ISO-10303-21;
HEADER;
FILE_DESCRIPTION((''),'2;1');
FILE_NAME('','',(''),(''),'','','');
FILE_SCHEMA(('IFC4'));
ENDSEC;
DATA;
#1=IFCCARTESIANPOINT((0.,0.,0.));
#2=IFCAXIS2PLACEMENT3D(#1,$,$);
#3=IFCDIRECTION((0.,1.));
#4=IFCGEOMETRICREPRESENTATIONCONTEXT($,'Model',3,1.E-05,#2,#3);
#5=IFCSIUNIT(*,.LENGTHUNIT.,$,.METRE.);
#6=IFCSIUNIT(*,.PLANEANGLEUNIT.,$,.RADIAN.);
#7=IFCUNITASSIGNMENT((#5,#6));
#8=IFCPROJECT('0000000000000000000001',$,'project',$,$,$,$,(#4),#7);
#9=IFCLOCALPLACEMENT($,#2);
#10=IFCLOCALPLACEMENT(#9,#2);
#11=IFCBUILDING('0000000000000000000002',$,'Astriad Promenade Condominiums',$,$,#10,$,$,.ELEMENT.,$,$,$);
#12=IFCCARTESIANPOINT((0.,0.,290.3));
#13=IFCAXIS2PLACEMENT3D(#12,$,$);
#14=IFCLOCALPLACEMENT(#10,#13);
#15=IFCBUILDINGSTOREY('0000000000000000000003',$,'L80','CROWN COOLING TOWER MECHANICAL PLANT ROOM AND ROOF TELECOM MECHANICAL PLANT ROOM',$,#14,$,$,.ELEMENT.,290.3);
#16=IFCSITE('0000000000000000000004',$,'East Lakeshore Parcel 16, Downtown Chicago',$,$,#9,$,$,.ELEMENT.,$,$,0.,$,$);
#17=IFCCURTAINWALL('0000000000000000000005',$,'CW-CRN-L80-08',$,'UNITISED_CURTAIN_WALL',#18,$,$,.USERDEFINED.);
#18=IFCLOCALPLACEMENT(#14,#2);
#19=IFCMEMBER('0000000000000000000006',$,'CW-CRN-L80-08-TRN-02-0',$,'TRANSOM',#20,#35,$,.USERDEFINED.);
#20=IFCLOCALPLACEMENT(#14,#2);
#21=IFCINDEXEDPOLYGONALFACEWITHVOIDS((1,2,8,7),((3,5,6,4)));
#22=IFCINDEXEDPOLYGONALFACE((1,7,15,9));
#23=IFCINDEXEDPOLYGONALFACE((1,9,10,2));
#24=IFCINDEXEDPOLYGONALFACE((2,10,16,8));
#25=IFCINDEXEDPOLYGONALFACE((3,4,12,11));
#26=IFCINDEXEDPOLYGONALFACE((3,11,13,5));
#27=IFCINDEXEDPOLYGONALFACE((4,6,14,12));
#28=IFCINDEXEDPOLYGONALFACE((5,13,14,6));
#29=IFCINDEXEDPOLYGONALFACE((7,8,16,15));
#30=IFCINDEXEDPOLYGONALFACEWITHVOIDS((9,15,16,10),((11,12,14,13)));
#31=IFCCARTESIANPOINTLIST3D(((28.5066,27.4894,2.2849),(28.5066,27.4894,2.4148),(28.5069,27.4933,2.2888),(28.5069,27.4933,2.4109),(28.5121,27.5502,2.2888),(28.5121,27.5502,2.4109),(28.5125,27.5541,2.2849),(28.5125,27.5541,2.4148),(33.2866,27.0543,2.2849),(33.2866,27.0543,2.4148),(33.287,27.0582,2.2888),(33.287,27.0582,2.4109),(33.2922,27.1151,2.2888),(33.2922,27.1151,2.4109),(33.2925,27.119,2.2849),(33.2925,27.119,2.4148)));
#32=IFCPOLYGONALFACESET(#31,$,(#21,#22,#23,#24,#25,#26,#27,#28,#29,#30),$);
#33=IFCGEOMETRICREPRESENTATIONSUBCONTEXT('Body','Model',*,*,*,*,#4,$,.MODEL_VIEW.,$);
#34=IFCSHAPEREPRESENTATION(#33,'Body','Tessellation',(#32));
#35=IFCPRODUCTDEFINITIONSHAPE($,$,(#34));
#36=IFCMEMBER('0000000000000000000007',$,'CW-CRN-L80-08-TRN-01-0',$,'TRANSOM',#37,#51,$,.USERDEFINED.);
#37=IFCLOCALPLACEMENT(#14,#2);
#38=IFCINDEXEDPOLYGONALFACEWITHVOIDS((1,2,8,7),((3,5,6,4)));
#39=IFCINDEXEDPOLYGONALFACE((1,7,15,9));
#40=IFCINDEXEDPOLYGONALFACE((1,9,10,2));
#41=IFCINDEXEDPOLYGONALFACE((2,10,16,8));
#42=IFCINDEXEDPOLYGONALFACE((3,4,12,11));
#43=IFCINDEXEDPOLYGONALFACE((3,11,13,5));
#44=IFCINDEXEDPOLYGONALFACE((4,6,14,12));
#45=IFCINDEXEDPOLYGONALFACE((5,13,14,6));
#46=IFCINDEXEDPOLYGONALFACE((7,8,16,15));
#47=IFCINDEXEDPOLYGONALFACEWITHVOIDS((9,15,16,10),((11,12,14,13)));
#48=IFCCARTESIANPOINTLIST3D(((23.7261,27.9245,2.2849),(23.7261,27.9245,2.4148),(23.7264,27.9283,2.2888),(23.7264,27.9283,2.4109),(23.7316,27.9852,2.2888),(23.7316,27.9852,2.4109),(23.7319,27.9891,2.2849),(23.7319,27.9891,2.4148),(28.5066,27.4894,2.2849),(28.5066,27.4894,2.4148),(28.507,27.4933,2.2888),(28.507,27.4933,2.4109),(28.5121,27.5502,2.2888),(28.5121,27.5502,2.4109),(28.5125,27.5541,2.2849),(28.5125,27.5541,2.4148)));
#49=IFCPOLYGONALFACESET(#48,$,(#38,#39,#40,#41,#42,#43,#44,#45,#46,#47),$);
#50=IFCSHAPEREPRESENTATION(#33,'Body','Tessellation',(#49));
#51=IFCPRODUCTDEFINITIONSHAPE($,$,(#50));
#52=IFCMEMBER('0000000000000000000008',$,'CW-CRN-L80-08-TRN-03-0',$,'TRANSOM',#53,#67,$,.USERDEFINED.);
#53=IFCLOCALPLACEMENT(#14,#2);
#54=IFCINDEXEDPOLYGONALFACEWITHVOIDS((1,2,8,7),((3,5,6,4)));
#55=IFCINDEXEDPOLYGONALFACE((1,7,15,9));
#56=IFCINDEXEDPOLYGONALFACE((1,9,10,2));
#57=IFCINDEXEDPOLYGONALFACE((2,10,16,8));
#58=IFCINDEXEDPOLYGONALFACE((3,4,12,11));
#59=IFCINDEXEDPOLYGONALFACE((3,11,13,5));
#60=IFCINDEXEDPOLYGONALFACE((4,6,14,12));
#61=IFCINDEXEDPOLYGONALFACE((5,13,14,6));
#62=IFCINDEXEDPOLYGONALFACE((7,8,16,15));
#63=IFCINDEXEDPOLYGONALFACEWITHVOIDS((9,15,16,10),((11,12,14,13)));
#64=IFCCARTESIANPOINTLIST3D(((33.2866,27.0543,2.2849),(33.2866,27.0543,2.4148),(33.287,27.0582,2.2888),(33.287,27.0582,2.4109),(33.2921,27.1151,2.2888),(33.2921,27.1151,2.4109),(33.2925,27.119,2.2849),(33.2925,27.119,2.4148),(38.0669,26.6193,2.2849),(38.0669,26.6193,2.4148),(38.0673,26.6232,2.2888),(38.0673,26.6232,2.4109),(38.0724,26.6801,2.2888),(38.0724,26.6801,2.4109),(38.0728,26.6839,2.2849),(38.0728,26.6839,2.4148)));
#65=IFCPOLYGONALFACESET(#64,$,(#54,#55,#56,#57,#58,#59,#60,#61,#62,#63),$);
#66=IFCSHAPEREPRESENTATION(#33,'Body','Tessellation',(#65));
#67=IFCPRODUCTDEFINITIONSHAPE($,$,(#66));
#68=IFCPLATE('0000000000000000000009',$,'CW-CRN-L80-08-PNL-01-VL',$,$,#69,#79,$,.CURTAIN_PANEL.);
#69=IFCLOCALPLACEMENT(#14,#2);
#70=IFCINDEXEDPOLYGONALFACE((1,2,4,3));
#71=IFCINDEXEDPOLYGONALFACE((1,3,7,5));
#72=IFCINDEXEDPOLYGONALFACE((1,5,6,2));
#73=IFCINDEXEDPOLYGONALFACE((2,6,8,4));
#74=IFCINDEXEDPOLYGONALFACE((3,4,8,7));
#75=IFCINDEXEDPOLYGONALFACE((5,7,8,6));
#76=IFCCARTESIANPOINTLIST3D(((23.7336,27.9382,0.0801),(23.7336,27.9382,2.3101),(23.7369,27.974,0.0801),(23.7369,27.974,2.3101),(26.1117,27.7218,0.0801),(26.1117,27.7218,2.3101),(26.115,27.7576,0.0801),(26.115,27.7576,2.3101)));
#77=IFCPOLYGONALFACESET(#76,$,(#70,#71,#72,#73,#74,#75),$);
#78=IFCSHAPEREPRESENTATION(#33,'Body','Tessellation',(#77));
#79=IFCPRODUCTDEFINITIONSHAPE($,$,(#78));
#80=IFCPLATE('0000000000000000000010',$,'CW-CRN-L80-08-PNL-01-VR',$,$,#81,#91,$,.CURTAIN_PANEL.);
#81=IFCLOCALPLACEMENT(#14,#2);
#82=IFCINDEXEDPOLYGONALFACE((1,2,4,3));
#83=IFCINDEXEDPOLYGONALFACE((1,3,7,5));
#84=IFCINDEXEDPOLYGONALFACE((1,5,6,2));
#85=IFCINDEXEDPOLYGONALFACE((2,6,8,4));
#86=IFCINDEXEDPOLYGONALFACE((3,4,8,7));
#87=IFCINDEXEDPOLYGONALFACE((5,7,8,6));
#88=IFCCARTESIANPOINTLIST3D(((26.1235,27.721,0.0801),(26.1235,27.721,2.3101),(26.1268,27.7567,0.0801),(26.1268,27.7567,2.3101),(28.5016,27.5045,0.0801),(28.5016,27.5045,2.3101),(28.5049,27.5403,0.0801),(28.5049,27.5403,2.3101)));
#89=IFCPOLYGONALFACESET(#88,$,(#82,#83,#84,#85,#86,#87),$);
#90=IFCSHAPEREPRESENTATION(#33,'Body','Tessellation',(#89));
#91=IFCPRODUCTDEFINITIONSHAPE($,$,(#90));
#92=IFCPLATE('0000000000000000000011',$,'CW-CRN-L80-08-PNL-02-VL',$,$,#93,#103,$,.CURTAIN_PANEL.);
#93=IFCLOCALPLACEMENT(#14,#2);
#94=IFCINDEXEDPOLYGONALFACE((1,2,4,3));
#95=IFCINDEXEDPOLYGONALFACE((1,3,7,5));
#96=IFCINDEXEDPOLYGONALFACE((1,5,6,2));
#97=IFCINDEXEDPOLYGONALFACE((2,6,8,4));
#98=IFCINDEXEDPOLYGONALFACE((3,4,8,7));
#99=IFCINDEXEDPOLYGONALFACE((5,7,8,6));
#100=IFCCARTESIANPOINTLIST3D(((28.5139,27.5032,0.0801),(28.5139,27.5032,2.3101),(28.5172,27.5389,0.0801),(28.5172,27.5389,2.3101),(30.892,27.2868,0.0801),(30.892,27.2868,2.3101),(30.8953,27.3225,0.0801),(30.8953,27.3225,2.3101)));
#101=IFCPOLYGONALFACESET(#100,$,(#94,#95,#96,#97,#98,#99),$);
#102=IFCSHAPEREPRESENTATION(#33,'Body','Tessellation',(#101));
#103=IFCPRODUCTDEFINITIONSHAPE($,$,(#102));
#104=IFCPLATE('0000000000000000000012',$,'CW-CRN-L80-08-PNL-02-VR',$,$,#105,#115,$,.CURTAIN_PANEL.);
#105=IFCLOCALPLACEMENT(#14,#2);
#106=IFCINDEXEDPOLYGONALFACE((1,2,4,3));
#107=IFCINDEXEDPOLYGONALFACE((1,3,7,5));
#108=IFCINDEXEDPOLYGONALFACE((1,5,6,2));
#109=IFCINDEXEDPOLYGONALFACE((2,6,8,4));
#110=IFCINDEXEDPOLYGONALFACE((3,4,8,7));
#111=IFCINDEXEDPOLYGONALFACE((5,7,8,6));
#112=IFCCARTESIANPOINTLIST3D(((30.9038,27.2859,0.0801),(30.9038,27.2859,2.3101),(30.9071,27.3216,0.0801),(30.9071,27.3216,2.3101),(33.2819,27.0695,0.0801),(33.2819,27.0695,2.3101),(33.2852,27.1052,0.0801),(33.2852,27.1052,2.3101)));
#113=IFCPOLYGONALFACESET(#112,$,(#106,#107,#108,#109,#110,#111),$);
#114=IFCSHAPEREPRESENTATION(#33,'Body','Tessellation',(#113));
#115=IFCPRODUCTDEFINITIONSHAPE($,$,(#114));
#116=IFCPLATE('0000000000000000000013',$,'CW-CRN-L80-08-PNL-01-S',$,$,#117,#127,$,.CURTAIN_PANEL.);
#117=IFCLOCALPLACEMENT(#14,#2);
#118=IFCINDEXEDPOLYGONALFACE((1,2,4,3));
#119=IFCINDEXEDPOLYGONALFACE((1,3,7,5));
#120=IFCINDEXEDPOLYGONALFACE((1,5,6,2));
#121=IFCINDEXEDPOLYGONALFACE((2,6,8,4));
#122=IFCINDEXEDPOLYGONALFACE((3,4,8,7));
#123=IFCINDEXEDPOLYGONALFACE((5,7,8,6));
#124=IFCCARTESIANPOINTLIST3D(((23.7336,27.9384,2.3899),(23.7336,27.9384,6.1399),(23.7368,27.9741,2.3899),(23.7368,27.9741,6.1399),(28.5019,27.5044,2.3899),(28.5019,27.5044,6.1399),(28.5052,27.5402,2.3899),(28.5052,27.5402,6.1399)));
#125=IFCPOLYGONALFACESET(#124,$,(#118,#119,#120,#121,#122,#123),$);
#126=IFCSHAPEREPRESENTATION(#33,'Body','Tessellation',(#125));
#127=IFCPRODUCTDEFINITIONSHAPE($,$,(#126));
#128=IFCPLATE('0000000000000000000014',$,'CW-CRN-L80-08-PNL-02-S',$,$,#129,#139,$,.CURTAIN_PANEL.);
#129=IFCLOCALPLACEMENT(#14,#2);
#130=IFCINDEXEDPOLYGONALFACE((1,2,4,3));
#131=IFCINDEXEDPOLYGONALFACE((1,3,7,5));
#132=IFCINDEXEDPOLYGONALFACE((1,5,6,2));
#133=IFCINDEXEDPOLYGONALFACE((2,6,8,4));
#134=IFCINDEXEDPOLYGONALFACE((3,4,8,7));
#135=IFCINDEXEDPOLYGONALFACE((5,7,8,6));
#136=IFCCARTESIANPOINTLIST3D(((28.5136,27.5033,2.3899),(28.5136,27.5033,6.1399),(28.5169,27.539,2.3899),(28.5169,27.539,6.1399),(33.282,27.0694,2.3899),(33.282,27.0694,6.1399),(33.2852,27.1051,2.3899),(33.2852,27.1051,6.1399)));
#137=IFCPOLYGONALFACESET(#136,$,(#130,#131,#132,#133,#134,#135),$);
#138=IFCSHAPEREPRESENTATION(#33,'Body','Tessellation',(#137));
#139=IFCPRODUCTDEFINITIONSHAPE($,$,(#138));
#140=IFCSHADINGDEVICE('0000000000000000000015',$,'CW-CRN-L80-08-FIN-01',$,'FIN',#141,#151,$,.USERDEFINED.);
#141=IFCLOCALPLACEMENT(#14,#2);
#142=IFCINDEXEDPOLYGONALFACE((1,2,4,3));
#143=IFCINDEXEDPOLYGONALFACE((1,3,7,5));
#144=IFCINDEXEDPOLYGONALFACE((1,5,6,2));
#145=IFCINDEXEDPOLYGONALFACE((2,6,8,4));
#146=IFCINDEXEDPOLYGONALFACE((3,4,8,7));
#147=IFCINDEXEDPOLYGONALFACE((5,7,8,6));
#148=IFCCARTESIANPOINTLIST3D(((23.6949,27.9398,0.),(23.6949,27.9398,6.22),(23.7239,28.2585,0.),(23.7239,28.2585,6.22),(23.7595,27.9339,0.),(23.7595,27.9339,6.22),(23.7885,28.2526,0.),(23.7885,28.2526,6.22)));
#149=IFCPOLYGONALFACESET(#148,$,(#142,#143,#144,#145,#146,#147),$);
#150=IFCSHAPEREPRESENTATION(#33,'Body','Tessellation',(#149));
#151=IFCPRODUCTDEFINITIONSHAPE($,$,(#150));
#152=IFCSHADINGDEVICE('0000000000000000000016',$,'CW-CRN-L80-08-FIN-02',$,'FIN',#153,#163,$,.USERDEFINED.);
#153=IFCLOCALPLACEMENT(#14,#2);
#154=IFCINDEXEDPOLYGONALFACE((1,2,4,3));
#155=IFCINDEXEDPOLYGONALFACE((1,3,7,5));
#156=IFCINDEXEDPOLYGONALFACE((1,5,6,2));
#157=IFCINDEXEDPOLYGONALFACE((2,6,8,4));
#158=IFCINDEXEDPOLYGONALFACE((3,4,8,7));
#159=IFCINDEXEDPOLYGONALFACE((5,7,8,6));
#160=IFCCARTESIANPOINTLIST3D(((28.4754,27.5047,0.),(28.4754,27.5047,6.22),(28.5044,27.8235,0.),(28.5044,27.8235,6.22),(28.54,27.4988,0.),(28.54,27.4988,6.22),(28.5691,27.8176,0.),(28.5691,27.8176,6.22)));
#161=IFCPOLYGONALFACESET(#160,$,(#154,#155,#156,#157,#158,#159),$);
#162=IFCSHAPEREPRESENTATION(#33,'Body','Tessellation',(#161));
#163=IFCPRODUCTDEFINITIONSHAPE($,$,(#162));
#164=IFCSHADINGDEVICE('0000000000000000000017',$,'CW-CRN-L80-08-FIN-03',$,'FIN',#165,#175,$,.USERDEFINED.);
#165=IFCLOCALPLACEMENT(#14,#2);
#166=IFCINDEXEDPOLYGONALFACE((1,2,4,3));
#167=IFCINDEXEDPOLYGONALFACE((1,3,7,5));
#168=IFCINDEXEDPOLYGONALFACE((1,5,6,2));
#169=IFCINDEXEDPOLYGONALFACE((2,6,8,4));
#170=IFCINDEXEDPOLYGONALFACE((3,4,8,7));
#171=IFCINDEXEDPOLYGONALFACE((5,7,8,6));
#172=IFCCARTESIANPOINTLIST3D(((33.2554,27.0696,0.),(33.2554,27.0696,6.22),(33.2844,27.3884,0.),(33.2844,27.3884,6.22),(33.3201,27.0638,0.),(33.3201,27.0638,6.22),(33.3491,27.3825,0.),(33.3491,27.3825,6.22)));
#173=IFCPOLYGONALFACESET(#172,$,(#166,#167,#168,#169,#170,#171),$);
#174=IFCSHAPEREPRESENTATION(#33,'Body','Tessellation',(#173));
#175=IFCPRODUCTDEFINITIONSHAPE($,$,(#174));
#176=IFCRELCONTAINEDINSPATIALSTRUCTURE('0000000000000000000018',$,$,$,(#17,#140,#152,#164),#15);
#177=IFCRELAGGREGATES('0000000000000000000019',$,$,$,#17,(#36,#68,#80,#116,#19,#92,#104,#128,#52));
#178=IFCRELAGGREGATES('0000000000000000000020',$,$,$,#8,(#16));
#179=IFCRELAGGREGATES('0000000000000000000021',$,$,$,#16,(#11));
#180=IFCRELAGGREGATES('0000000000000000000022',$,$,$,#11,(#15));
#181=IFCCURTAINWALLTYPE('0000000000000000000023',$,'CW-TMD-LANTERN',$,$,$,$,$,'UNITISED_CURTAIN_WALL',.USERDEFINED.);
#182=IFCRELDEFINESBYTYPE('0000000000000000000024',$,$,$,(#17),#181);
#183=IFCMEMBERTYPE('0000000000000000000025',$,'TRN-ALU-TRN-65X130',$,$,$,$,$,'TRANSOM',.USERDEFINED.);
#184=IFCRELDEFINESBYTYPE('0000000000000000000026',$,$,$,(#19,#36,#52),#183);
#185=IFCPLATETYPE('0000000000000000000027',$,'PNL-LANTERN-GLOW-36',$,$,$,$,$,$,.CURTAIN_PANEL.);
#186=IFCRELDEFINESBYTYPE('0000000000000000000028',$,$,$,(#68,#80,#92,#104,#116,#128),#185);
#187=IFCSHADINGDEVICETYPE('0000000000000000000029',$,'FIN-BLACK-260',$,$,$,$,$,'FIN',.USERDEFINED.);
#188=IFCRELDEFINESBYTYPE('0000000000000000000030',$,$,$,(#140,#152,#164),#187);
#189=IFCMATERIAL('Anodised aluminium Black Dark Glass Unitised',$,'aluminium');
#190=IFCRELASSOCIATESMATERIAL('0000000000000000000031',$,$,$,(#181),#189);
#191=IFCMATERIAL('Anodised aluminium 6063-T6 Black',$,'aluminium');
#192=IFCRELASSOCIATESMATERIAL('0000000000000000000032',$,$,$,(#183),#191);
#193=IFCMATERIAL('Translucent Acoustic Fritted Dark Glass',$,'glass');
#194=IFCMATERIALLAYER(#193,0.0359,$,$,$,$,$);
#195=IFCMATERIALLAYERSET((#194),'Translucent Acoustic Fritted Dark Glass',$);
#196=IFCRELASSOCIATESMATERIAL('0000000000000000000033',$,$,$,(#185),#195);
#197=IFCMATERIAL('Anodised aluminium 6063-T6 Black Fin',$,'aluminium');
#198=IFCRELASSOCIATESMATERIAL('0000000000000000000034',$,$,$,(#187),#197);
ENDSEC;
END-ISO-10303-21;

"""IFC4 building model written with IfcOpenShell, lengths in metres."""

from ifc_helpers import new_model, si_unit, direction, frame, origin, origin_2d, place, context, subcontext, project, spatial, rectangle, hollow_rectangle, extrude, source, transform, mapped, material, layer, layer_set, material_profile, profile_set, type_object, type_shapes, element, aggregate, save


model = new_model("IFC4")

# Units and contexts
model_context = context("Model", 3, precision=1e-05, world=origin(), true_north=direction((0.0, 1.0)))
body_context = subcontext(model_context, "Body", "Model", "MODEL_VIEW")
ifc_project = project(units=[si_unit("LENGTHUNIT", "METRE"), si_unit("PLANEANGLEUNIT", "RADIAN")], contexts=[model_context])

# Site, building, storey
site_placement = place(None, origin())
site = spatial("IfcSite", under=ifc_project, at=site_placement, Name="East Lakeshore Parcel 16, Downtown Chicago", CompositionType="ELEMENT", RefElevation=0.0)
building_placement = place(site_placement, origin())
building = spatial("IfcBuilding", under=site, at=building_placement, Name="Astriad Promenade Condominiums", CompositionType="ELEMENT")
storey_placement = place(building_placement, frame((0.0, 0.0, 290.3)))
storey = spatial("IfcBuildingStorey", under=building, at=storey_placement, Name="L80", Description="CROWN COOLING TOWER MECHANICAL PLANT ROOM AND ROOF TELECOM MECHANICAL PLANT ROOM", CompositionType="ELEMENT", Elevation=290.3)

# Curtain wall, members, plates
ifc_material_1 = material(Name="Anodised aluminium Black Dark Glass Unitised", Category="aluminium")
curtain_wall_type = type_object("IfcCurtainWallType", Name="CW-TMD-LANTERN", ElementType="UNITISED_CURTAIN_WALL", PredefinedType="USERDEFINED", material=ifc_material_1)
curtain_wall_placement = place(storey_placement, origin())
curtain_wall = element("IfcCurtainWall", 1, at=curtain_wall_placement, inside=storey, type_object=curtain_wall_type, Name="CW-CRN-L80-08", ObjectType="UNITISED_CURTAIN_WALL", PredefinedType="USERDEFINED")
ifc_material_2 = material(Name="Anodised aluminium 6063-T6 Black", Category="aluminium")
ifc_material_profile_1 = material_profile(ifc_material_2, hollow_rectangle(XDim=0.0649, YDim=0.1299, WallThickness=0.0039, at=origin_2d()), Name="ALU-TRN-65X130")
ifc_profile_set_1 = profile_set([ifc_material_profile_1], Name="Anodised aluminium 6063-T6 Black")
member_type_1 = type_object("IfcMemberType", Name="TRN-ALU-TRN-65X130", ElementType="TRANSOM", PredefinedType="USERDEFINED", material=ifc_profile_set_1)
shared_shape_1 = source(origin(), body_context, "Body", "SweptSolid", [
    extrude(hollow_rectangle(XDim=0.0649, YDim=0.1299, WallThickness=0.0039, at=origin_2d()), origin(), (0.0, 0.0, 1.0), 4.7998),
])
member_1_placement = place(storey_placement, frame((28.5095, 27.5217, 2.3499), z_axis=(0.995884, -0.090641, 0.0), x_axis=(0.090641, 0.995884, 0.0)))
member_1 = element("IfcMember", 2, at=member_1_placement, type_object=member_type_1, Name="CW-CRN-L80-08-TRN-02-0", ObjectType="TRANSOM", PredefinedType="USERDEFINED", context=body_context, shape_type="MappedRepresentation", body=[
    mapped(shared_shape_1, transform((0.0, 0.0, 0.0), scale=1.0)),
])
shared_shape_2 = source(origin(), body_context, "Body", "SweptSolid", [
    extrude(hollow_rectangle(XDim=0.0649, YDim=0.1299, WallThickness=0.0039, at=origin_2d()), origin(), (0.0, 0.0, 1.0), 4.8003),
])
member_2_placement = place(storey_placement, frame((23.729, 27.9568, 2.3499), z_axis=(0.995884, -0.090632, 0.0), x_axis=(0.090632, 0.995884, 0.0)))
member_2 = element("IfcMember", 3, at=member_2_placement, type_object=member_type_1, Name="CW-CRN-L80-08-TRN-01-0", ObjectType="TRANSOM", PredefinedType="USERDEFINED", context=body_context, shape_type="MappedRepresentation", body=[
    mapped(shared_shape_2, transform((0.0, 0.0, 0.0), scale=1.0)),
])
shared_shape_3 = source(origin(), body_context, "Body", "SweptSolid", [
    extrude(hollow_rectangle(XDim=0.0649, YDim=0.1299, WallThickness=0.0039, at=origin_2d()), origin(), (0.0, 0.0, 1.0), 4.8),
])
type_shapes(member_type_1, [shared_shape_1, shared_shape_2, shared_shape_3])
member_3_placement = place(storey_placement, frame((33.2896, 27.0867, 2.3499), z_axis=(0.995884, -0.090637, 0.0), x_axis=(0.090637, 0.995884, 0.0)))
member_3 = element("IfcMember", 4, at=member_3_placement, type_object=member_type_1, Name="CW-CRN-L80-08-TRN-03-0", ObjectType="TRANSOM", PredefinedType="USERDEFINED", context=body_context, shape_type="MappedRepresentation", body=[
    mapped(shared_shape_3, transform((0.0, 0.0, 0.0), scale=1.0)),
])
ifc_material_3 = material(Name="Translucent Acoustic Fritted Dark Glass", Category="glass")
ifc_layer = layer(ifc_material_3, 0.0359)
ifc_layer_set = layer_set([ifc_layer], Name="Translucent Acoustic Fritted Dark Glass")
plate_type = type_object("IfcPlateType", Name="PNL-LANTERN-GLOW-36", PredefinedType="CURTAIN_PANEL", material=ifc_layer_set)
shared_shape_4 = source(origin(), body_context, "Body", "SweptSolid", [
    extrude(rectangle(XDim=2.3879, YDim=0.0359, at=origin_2d()), origin(), (0.0, 0.0, 1.0), 2.23),
])
plate_1_placement = place(storey_placement, frame((24.9243, 27.8479, 0.0801), z_axis=(0.0, 0.0, 1.0), x_axis=(0.995884, -0.090633, 0.0)))
plate_1 = element("IfcPlate", 5, at=plate_1_placement, type_object=plate_type, Name="CW-CRN-L80-08-PNL-01-VL", PredefinedType="CURTAIN_PANEL", context=body_context, shape_type="MappedRepresentation", body=[
    mapped(shared_shape_4, transform((0.0, 0.0, 0.0), scale=1.0)),
])
plate_2_placement = place(storey_placement, frame((27.3142, 27.6306, 0.0801), z_axis=(0.0, 0.0, 1.0), x_axis=(0.995884, -0.090633, 0.0)))
plate_2 = element("IfcPlate", 6, at=plate_2_placement, type_object=plate_type, Name="CW-CRN-L80-08-PNL-01-VR", PredefinedType="CURTAIN_PANEL", context=body_context, shape_type="MappedRepresentation", body=[
    mapped(shared_shape_4, transform((0.0, 0.0, 0.0), scale=1.0)),
])
plate_3_placement = place(storey_placement, frame((29.7046, 27.4128, 0.0801), z_axis=(0.0, 0.0, 1.0), x_axis=(0.995884, -0.090633, 0.0)))
plate_3 = element("IfcPlate", 7, at=plate_3_placement, type_object=plate_type, Name="CW-CRN-L80-08-PNL-02-VL", PredefinedType="CURTAIN_PANEL", context=body_context, shape_type="MappedRepresentation", body=[
    mapped(shared_shape_4, transform((0.0, 0.0, 0.0), scale=1.0)),
])
plate_4_placement = place(storey_placement, frame((32.0945, 27.1956, 0.0801), z_axis=(0.0, 0.0, 1.0), x_axis=(0.995884, -0.090633, 0.0)))
plate_4 = element("IfcPlate", 8, at=plate_4_placement, type_object=plate_type, Name="CW-CRN-L80-08-PNL-02-VR", PredefinedType="CURTAIN_PANEL", context=body_context, shape_type="MappedRepresentation", body=[
    mapped(shared_shape_4, transform((0.0, 0.0, 0.0), scale=1.0)),
])
shared_shape_5 = source(origin(), body_context, "Body", "SweptSolid", [
    extrude(rectangle(XDim=4.7881, YDim=0.0359, at=origin_2d()), origin(), (0.0, 0.0, 1.0), 3.75),
])
type_shapes(plate_type, [shared_shape_4, shared_shape_5])
plate_5_placement = place(storey_placement, frame((26.1194, 27.7393, 2.3899), z_axis=(0.0, 0.0, 1.0), x_axis=(0.995884, -0.090633, 0.0)))
plate_5 = element("IfcPlate", 9, at=plate_5_placement, type_object=plate_type, Name="CW-CRN-L80-08-PNL-01-S", PredefinedType="CURTAIN_PANEL", context=body_context, shape_type="MappedRepresentation", body=[
    mapped(shared_shape_5, transform((0.0, 0.0, 0.0), scale=1.0)),
])
plate_6_placement = place(storey_placement, frame((30.8994, 27.3042, 2.3899), z_axis=(0.0, 0.0, 1.0), x_axis=(0.995884, -0.090633, 0.0)))
plate_6 = element("IfcPlate", 10, at=plate_6_placement, type_object=plate_type, Name="CW-CRN-L80-08-PNL-02-S", PredefinedType="CURTAIN_PANEL", context=body_context, shape_type="MappedRepresentation", body=[
    mapped(shared_shape_5, transform((0.0, 0.0, 0.0), scale=1.0)),
])
aggregate(curtain_wall, [member_2, plate_1, plate_2, plate_5, member_1, plate_3, plate_4, plate_6, member_3])

# Shading devices
ifc_material_4 = material(Name="Anodised aluminium 6063-T6 Black Fin", Category="aluminium")
shading_device_type = type_object("IfcShadingDeviceType", Name="FIN-BLACK-260", ElementType="FIN", PredefinedType="USERDEFINED", material=ifc_material_4)
shared_shape_6 = source(origin(), body_context, "Body", "SweptSolid", [
    extrude(rectangle(XDim=0.0649, YDim=0.3201, at=origin_2d()), origin(), (0.0, 0.0, 1.0), 6.22),
])
type_shapes(shading_device_type, [shared_shape_6])
for number, where, z_axis, x_axis, name in (
    (11, (23.7417, 28.0962, 0.0), (0.0, 0.0, 1.0), (0.995884, -0.090633, 0.0), "CW-CRN-L80-08-FIN-01"),
    (12, (28.5222, 27.6611, 0.0), (0.0, 0.0, 1.0), (0.995884, -0.090633, 0.0), "CW-CRN-L80-08-FIN-02"),
    (13, (33.3022, 27.2261, 0.0), (0.0, 0.0, 1.0), (0.995884, -0.090633, 0.0), "CW-CRN-L80-08-FIN-03"),
):
    element("IfcShadingDevice", number, at=place(storey_placement, frame(where, z_axis=z_axis, x_axis=x_axis)), inside=storey, type_object=shading_device_type, Name=name, ObjectType="FIN", PredefinedType="USERDEFINED", context=body_context, shape_type="MappedRepresentation", body=[
        mapped(shared_shape_6, transform((0.0, 0.0, 0.0), scale=1.0)),
    ])

save(model, "model.ifc")
